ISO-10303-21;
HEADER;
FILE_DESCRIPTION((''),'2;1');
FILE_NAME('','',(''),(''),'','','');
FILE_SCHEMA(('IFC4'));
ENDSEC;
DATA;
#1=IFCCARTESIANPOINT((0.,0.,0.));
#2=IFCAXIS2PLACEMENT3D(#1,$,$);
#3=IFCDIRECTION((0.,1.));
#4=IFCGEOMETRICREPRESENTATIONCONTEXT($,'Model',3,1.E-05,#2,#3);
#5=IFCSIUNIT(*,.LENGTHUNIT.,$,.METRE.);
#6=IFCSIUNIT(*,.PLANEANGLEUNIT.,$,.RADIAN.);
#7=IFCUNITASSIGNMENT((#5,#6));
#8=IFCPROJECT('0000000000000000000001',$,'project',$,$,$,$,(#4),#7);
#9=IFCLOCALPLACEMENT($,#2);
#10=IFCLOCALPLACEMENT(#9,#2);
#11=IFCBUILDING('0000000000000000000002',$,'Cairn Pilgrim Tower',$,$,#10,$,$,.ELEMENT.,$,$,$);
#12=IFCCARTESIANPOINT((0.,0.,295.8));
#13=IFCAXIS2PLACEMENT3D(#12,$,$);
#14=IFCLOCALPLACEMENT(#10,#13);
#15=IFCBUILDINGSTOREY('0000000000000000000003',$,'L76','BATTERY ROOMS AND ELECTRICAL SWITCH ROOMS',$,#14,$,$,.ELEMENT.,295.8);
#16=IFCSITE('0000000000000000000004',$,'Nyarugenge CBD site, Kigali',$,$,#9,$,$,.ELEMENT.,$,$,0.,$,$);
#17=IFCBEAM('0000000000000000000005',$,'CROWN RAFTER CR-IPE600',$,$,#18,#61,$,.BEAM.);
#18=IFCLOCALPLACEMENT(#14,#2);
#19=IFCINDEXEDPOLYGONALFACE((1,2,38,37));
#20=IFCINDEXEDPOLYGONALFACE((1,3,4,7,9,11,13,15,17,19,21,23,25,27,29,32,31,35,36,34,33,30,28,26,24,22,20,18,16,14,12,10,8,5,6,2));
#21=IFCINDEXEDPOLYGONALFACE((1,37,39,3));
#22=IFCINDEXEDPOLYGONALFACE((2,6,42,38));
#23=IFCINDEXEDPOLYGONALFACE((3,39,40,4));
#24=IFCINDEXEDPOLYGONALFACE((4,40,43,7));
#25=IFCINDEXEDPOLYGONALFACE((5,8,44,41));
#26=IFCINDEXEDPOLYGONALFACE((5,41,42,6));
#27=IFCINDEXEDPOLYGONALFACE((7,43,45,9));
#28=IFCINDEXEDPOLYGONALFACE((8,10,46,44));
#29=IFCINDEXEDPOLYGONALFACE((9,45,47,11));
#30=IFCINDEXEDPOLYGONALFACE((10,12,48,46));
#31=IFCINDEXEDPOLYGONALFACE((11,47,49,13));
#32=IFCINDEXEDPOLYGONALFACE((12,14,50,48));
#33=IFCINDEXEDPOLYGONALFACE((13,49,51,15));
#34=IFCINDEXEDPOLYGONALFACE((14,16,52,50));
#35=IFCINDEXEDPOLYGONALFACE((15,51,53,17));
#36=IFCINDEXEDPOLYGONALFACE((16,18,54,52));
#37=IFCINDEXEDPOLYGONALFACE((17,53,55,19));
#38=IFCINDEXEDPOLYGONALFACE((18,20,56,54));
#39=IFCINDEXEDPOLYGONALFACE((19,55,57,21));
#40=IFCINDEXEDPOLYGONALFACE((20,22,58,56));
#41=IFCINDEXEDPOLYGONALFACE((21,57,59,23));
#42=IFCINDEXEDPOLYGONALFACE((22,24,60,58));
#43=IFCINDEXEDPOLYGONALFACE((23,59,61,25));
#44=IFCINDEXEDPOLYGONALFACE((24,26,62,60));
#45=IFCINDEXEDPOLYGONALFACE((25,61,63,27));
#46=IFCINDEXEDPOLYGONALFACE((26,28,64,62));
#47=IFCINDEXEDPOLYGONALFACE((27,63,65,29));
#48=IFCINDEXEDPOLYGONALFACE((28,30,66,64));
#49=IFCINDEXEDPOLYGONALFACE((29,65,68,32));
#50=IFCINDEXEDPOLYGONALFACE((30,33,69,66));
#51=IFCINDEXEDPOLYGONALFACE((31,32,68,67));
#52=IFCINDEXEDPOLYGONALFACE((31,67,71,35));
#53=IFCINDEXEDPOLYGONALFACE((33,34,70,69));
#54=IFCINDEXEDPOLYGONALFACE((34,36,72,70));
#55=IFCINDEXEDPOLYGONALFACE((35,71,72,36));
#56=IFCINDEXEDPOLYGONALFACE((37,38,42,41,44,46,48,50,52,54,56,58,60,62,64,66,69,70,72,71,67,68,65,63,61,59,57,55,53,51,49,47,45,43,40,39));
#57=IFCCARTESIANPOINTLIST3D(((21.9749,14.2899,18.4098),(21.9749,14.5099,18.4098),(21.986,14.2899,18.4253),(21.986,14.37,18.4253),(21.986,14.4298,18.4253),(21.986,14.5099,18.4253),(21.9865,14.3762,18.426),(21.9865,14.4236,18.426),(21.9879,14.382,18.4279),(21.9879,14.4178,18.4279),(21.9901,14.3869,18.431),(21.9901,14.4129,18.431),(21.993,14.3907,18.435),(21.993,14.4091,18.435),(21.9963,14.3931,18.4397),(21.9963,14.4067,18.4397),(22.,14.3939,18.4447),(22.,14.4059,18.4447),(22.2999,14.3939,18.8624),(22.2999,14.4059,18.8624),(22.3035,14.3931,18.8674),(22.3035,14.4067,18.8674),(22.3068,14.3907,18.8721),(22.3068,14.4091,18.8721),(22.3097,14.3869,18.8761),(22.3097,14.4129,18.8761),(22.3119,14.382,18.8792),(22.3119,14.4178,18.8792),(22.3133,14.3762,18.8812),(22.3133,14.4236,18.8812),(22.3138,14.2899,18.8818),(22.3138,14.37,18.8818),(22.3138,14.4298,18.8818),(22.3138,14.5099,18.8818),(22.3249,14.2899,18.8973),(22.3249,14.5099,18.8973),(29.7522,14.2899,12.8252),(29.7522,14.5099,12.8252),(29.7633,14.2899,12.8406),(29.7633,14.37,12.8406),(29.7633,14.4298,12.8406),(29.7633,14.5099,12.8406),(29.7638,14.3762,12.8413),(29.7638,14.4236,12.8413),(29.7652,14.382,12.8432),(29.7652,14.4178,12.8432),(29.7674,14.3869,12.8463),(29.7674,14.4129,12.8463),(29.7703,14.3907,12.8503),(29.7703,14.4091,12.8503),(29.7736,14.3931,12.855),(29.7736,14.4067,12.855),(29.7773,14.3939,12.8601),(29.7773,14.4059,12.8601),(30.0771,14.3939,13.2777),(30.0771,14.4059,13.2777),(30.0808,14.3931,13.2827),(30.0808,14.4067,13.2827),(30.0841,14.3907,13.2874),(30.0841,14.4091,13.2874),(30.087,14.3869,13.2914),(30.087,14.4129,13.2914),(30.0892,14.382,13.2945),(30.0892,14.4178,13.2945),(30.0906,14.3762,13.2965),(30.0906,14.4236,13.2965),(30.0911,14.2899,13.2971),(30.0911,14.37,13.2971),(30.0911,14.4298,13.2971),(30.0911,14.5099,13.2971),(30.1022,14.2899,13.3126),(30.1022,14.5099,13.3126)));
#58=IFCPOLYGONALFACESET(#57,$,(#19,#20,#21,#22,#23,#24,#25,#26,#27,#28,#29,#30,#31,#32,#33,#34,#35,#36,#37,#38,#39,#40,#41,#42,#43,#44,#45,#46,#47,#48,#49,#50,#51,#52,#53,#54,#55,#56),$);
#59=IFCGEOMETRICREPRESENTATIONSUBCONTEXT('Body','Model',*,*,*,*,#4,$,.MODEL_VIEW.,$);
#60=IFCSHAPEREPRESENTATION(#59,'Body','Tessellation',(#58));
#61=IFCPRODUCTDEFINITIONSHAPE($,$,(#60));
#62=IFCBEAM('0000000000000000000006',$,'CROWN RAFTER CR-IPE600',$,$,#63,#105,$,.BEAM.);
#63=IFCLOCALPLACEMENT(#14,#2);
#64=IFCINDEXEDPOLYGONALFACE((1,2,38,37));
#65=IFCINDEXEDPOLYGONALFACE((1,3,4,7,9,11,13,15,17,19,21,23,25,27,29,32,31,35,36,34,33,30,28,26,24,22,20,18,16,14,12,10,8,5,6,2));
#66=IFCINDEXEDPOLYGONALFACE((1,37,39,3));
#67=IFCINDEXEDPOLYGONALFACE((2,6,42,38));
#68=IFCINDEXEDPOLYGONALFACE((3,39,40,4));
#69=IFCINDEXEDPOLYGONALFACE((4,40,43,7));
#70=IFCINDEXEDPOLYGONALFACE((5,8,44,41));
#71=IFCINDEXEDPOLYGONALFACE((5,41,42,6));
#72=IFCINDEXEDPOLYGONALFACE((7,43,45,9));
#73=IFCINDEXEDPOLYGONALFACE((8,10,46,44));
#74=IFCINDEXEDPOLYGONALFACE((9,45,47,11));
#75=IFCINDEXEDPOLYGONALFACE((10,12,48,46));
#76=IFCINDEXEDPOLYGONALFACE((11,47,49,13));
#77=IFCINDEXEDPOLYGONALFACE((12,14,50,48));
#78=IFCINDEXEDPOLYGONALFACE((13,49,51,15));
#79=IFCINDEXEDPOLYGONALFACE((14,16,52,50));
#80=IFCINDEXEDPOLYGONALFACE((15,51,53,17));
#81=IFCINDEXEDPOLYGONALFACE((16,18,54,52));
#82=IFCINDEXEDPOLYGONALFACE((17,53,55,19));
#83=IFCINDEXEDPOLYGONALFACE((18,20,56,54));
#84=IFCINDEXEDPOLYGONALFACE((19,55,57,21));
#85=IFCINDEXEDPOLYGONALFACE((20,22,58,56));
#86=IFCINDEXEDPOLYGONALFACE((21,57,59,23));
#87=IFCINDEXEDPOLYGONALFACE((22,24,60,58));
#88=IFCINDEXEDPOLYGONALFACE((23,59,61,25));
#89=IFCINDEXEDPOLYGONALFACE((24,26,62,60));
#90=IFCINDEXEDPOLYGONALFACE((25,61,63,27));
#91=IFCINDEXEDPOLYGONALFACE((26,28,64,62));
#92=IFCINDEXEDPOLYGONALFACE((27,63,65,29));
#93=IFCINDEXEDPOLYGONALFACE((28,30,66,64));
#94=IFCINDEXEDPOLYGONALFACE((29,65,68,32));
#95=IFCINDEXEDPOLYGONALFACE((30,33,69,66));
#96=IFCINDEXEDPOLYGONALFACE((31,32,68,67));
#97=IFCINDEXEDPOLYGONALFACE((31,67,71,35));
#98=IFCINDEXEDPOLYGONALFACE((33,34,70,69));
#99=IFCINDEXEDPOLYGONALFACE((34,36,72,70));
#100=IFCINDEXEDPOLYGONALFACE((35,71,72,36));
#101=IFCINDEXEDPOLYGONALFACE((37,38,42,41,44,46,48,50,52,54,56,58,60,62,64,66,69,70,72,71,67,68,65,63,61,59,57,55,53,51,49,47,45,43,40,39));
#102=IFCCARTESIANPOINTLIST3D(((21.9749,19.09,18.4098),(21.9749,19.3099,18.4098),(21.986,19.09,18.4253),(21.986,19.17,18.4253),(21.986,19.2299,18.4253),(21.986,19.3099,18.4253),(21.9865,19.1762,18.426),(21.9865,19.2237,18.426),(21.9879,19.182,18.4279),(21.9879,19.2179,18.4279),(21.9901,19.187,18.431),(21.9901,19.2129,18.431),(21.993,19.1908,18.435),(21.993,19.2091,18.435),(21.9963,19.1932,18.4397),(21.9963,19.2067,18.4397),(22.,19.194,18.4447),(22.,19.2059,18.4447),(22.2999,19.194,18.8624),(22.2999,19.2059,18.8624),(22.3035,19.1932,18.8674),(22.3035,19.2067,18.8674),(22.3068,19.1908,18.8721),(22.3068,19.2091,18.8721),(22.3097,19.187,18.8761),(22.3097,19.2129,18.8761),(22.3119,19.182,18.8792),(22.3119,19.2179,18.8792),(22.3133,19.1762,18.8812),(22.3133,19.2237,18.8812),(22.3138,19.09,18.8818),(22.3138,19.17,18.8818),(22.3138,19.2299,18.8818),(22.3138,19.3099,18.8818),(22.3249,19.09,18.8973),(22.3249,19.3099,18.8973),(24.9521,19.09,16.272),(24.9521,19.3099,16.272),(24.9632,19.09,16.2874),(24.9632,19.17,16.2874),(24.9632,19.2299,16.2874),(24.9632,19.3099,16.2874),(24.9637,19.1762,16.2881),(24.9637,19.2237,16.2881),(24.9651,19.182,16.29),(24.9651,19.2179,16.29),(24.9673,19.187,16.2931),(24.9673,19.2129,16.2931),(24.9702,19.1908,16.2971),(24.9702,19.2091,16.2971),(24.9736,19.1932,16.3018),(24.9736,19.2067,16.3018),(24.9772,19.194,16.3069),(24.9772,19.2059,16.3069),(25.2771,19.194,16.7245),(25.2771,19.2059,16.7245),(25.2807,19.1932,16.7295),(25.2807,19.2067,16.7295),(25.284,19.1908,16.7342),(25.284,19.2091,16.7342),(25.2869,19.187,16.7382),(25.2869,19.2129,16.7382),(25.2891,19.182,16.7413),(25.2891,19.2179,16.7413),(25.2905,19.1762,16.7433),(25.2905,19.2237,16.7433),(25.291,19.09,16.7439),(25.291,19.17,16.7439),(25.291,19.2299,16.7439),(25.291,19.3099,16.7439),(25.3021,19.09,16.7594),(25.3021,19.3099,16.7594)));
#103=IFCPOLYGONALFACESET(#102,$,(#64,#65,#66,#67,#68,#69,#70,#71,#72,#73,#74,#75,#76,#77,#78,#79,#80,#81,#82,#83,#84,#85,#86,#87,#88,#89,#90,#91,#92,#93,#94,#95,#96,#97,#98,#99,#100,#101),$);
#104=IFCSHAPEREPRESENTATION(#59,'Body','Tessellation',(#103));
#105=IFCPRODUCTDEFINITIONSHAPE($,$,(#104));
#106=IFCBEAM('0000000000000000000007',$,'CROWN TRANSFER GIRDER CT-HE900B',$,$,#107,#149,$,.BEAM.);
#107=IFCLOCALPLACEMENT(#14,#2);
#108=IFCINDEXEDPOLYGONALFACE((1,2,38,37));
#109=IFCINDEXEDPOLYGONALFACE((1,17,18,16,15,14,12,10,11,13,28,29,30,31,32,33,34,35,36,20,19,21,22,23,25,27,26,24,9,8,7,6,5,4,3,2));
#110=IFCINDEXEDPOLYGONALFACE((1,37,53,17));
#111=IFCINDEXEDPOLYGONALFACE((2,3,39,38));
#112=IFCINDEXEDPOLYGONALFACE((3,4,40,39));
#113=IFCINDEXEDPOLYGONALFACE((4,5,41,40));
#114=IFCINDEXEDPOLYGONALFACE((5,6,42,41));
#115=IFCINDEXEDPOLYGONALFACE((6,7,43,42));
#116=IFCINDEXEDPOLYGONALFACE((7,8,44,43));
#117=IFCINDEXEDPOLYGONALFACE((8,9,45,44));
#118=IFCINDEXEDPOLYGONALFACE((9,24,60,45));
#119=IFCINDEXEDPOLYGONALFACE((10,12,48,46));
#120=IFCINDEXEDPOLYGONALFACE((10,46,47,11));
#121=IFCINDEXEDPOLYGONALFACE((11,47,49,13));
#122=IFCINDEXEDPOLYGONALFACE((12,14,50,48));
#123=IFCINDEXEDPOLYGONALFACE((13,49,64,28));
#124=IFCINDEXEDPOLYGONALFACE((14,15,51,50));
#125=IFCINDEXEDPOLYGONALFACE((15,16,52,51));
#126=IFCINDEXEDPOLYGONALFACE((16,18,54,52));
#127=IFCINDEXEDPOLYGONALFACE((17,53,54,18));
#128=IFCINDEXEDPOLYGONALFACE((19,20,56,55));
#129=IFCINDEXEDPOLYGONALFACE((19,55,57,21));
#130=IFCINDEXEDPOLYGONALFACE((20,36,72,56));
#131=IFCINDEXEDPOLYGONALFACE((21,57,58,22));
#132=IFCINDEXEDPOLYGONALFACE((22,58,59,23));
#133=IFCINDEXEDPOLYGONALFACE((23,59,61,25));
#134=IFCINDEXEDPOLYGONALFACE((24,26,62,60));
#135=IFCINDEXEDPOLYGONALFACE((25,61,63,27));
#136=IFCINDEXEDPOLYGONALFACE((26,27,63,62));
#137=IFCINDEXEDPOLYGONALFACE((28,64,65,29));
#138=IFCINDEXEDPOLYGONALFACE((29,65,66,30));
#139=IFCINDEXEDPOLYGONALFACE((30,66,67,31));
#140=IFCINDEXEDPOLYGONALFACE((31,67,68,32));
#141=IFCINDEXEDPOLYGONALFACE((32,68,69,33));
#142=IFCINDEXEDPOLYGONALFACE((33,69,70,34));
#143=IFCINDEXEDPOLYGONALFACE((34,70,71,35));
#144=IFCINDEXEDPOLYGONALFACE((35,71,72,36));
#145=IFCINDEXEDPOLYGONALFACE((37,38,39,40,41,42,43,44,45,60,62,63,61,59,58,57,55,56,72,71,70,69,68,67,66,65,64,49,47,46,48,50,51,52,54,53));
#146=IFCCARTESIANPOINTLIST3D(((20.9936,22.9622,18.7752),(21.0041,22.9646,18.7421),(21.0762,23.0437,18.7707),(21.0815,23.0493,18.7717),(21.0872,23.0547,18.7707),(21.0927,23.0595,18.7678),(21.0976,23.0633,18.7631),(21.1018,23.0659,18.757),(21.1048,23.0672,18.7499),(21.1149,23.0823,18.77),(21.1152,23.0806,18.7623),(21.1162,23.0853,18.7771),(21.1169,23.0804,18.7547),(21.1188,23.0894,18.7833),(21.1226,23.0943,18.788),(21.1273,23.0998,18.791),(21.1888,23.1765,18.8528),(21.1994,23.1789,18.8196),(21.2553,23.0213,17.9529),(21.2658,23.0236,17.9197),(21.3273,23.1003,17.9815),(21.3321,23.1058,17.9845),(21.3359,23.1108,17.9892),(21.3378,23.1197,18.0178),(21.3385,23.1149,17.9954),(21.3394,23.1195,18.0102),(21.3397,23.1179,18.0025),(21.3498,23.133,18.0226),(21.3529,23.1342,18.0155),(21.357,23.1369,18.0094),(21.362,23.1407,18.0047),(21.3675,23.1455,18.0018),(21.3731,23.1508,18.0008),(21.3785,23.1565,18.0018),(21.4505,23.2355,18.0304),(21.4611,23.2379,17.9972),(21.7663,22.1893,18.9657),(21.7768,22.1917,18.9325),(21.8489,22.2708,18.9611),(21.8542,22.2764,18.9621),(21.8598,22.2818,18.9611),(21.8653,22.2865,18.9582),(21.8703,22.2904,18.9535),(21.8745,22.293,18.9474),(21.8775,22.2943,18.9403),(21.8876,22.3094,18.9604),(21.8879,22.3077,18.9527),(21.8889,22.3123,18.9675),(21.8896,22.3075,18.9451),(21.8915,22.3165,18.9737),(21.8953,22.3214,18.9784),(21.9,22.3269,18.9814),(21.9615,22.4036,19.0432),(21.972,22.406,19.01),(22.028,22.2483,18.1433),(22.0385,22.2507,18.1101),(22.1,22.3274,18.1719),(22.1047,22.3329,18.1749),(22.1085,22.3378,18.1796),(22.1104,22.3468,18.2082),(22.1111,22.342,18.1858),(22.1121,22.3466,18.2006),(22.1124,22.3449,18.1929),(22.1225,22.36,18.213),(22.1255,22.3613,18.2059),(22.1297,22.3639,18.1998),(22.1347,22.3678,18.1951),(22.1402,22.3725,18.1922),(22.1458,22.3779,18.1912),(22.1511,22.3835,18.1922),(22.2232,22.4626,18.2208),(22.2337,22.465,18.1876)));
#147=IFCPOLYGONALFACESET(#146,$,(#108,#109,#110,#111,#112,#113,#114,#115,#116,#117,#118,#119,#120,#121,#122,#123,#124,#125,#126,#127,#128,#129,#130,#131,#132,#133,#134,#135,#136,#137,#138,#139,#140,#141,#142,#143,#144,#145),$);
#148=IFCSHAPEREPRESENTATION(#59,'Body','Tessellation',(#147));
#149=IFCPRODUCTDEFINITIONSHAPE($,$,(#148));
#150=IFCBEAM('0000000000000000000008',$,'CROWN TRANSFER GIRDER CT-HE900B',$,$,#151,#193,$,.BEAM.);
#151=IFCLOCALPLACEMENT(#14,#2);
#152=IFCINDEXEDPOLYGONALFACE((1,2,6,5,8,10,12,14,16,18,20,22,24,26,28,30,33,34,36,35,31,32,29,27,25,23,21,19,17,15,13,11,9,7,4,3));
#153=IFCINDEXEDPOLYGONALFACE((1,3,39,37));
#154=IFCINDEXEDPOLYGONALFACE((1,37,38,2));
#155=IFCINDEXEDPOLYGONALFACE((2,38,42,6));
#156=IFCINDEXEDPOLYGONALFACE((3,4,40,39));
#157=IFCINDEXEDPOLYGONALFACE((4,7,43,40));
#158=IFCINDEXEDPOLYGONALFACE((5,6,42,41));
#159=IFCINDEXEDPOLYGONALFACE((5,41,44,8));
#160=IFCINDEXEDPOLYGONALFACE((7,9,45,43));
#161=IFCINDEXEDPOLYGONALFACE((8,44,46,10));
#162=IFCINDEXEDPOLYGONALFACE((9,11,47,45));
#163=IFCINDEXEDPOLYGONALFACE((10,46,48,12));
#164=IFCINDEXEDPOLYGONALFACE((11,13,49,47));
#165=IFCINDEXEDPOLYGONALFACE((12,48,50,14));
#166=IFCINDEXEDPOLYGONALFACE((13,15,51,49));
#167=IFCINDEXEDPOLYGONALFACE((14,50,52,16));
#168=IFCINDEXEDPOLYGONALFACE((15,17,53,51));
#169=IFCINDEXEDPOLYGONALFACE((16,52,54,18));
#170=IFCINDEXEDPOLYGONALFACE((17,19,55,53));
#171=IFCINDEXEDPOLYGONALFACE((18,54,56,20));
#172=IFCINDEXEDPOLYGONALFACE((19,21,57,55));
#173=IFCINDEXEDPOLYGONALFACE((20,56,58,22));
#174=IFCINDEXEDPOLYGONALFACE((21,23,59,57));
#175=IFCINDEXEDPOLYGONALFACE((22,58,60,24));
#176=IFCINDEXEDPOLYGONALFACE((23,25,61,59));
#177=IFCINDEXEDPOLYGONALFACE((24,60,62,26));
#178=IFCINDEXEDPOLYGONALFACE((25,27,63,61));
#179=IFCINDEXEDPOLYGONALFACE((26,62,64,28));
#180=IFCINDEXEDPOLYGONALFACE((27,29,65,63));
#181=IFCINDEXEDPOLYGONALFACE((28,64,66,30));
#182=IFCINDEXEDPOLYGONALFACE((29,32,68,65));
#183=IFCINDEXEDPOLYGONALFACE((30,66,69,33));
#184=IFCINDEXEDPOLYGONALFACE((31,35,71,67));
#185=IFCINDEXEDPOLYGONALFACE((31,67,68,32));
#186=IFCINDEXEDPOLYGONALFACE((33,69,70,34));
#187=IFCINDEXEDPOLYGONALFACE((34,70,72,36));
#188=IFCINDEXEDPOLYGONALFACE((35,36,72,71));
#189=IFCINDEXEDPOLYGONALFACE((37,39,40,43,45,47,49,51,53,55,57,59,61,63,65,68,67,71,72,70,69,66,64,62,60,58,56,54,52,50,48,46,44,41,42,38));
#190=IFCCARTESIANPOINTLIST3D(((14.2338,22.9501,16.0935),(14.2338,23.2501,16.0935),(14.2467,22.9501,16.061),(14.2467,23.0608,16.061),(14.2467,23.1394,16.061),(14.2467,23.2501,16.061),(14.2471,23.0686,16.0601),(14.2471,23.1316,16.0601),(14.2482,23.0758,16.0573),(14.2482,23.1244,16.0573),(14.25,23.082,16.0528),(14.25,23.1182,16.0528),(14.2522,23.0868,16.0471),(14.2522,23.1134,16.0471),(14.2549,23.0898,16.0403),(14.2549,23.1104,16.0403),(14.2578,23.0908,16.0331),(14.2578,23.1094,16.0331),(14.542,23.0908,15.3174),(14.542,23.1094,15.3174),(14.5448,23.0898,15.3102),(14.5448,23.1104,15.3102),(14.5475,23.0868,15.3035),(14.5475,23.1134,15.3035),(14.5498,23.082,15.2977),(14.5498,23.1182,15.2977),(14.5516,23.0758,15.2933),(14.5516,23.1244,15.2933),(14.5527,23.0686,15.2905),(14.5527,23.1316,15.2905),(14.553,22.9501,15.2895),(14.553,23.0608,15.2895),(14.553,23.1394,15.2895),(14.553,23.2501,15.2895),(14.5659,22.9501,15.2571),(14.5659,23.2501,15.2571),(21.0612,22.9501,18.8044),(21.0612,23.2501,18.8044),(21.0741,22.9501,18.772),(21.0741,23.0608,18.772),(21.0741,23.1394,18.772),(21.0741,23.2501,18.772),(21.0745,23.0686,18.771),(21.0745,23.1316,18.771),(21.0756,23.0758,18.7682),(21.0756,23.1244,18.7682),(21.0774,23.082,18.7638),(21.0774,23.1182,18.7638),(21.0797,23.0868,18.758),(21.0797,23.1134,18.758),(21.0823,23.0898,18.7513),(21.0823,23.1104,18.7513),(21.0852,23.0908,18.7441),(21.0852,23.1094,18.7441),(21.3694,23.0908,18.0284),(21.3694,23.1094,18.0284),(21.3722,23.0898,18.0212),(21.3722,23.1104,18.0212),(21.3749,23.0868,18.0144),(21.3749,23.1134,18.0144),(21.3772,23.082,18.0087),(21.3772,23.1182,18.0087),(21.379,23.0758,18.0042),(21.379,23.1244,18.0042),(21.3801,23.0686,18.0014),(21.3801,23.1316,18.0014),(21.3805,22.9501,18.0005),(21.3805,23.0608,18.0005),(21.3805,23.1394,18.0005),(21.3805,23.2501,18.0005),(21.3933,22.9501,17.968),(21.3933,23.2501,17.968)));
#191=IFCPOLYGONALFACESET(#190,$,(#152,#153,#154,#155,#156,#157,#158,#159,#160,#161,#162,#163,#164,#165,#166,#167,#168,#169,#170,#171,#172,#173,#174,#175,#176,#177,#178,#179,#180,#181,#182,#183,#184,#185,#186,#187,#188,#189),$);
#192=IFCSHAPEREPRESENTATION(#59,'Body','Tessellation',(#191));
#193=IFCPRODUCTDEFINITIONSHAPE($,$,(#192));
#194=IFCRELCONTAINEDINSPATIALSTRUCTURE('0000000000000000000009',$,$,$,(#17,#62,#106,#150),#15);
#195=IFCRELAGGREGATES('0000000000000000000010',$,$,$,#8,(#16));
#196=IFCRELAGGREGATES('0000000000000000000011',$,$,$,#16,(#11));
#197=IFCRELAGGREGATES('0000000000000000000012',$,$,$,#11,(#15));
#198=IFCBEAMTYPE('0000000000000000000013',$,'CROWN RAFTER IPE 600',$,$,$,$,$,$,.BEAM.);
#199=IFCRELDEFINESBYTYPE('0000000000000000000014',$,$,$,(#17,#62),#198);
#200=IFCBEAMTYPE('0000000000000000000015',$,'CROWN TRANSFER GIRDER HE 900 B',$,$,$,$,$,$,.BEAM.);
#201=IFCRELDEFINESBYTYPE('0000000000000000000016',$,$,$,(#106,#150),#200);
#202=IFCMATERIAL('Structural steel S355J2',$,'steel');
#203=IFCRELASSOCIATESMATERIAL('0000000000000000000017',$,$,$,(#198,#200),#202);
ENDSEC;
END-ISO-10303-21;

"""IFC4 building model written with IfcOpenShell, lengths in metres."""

from ifc_helpers import new_model, si_unit, direction, frame, origin, origin_2d, place, context, subcontext, project, spatial, i_section, extrude, material, material_profile, profile_set, type_object, element, save


model = new_model("IFC4")

# Units and contexts
model_context = context("Model", 3, precision=1e-05, world=origin(), true_north=direction((0.0, 1.0)))
body_context = subcontext(model_context, "Body", "Model", "MODEL_VIEW")
ifc_project = project(units=[si_unit("LENGTHUNIT", "METRE"), si_unit("PLANEANGLEUNIT", "RADIAN")], contexts=[model_context])

# Site, building, storey
site_placement = place(None, origin())
site = spatial("IfcSite", under=ifc_project, at=site_placement, Name="Nyarugenge CBD site, Kigali", CompositionType="ELEMENT", RefElevation=0.0)
building_placement = place(site_placement, origin())
building = spatial("IfcBuilding", under=site, at=building_placement, Name="Cairn Pilgrim Tower", CompositionType="ELEMENT")
storey_placement = place(building_placement, frame((0.0, 0.0, 295.8)))
storey = spatial("IfcBuildingStorey", under=building, at=storey_placement, Name="L76", Description="BATTERY ROOMS AND ELECTRICAL SWITCH ROOMS", CompositionType="ELEMENT", Elevation=295.8)

# Shared definitions
ifc_material_1 = material(Name="Structural steel S355J2", Category="steel")

# Beams
ifc_material_profile_1 = material_profile(ifc_material_1, i_section(OverallWidth=0.22, OverallDepth=0.6001, WebThickness=0.012, FlangeThickness=0.019, FilletRadius=0.0239, at=origin_2d()), Name="IPE 600")
ifc_profile_set_1 = profile_set([ifc_material_profile_1], Name="Structural steel S355J2")
beam_type_1 = type_object("IfcBeamType", Name="CROWN RAFTER IPE 600", PredefinedType="BEAM", material=ifc_profile_set_1)
beam_1_placement = place(storey_placement, frame((22.1499, 14.3999, 18.6536), z_axis=(0.812275, 0.0, -0.583275), x_axis=(0.0, 1.0, 0.0)))
element("IfcBeam", 1, at=beam_1_placement, inside=storey, type_object=beam_type_1, Name="CROWN RAFTER CR-IPE600", PredefinedType="BEAM", context=body_context, shape_type="SweptSolid", body=[
    extrude(i_section(OverallWidth=0.22, OverallDepth=0.6001, WebThickness=0.012, FlangeThickness=0.019, FilletRadius=0.0239, at=origin_2d()), origin(), (0.0, 0.0, 1.0), 9.5747),
])
beam_2_placement = place(storey_placement, frame((22.1499, 19.2, 18.6536), z_axis=(0.812273, 0.0, -0.583278), x_axis=(0.0, 1.0, 0.0)))
element("IfcBeam", 2, at=beam_2_placement, inside=storey, type_object=beam_type_1, Name="CROWN RAFTER CR-IPE600", PredefinedType="BEAM", context=body_context, shape_type="SweptSolid", body=[
    extrude(i_section(OverallWidth=0.22, OverallDepth=0.6001, WebThickness=0.012, FlangeThickness=0.019, FilletRadius=0.0239, at=origin_2d()), origin(), (0.0, 0.0, 1.0), 3.6653),
])
ifc_material_profile_2 = material_profile(ifc_material_1, i_section(OverallWidth=0.3, OverallDepth=0.8999, WebThickness=0.0186, FlangeThickness=0.0349, FilletRadius=0.03, at=origin_2d()), Name="HEB 900")
ifc_profile_set_2 = profile_set([ifc_material_profile_2], Name="Structural steel S355J2")
beam_type_2 = type_object("IfcBeamType", Name="CROWN TRANSFER GIRDER HE 900 B", PredefinedType="BEAM", material=ifc_profile_set_2)
beam_3_placement = place(storey_placement, frame((22.0, 22.3271, 18.5767), z_axis=(-0.696502, 0.696722, -0.17165), x_axis=(-0.650658, -0.71409, -0.258303)))
element("IfcBeam", 3, at=beam_3_placement, inside=storey, type_object=beam_type_2, Name="CROWN TRANSFER GIRDER CT-HE900B", PredefinedType="BEAM", context=body_context, shape_type="SweptSolid", body=[
    extrude(i_section(OverallWidth=0.3, OverallDepth=0.8999, WebThickness=0.0186, FlangeThickness=0.0349, FilletRadius=0.03, at=origin_2d()), origin(), (0.0, 0.0, 1.0), 1.1094),
])
beam_4_placement = place(storey_placement, frame((21.2273, 23.1001, 18.3862), z_axis=(-0.929413, 0.0, -0.36904), x_axis=(0.0, -1.0, 0.0)))
element("IfcBeam", 4, at=beam_4_placement, inside=storey, type_object=beam_type_2, Name="CROWN TRANSFER GIRDER CT-HE900B", PredefinedType="BEAM", context=body_context, shape_type="SweptSolid", body=[
    extrude(i_section(OverallWidth=0.3, OverallDepth=0.8999, WebThickness=0.0186, FlangeThickness=0.0349, FilletRadius=0.03, at=origin_2d()), origin(), (0.0, 0.0, 1.0), 7.3459),
])

save(model, "model.ifc")
